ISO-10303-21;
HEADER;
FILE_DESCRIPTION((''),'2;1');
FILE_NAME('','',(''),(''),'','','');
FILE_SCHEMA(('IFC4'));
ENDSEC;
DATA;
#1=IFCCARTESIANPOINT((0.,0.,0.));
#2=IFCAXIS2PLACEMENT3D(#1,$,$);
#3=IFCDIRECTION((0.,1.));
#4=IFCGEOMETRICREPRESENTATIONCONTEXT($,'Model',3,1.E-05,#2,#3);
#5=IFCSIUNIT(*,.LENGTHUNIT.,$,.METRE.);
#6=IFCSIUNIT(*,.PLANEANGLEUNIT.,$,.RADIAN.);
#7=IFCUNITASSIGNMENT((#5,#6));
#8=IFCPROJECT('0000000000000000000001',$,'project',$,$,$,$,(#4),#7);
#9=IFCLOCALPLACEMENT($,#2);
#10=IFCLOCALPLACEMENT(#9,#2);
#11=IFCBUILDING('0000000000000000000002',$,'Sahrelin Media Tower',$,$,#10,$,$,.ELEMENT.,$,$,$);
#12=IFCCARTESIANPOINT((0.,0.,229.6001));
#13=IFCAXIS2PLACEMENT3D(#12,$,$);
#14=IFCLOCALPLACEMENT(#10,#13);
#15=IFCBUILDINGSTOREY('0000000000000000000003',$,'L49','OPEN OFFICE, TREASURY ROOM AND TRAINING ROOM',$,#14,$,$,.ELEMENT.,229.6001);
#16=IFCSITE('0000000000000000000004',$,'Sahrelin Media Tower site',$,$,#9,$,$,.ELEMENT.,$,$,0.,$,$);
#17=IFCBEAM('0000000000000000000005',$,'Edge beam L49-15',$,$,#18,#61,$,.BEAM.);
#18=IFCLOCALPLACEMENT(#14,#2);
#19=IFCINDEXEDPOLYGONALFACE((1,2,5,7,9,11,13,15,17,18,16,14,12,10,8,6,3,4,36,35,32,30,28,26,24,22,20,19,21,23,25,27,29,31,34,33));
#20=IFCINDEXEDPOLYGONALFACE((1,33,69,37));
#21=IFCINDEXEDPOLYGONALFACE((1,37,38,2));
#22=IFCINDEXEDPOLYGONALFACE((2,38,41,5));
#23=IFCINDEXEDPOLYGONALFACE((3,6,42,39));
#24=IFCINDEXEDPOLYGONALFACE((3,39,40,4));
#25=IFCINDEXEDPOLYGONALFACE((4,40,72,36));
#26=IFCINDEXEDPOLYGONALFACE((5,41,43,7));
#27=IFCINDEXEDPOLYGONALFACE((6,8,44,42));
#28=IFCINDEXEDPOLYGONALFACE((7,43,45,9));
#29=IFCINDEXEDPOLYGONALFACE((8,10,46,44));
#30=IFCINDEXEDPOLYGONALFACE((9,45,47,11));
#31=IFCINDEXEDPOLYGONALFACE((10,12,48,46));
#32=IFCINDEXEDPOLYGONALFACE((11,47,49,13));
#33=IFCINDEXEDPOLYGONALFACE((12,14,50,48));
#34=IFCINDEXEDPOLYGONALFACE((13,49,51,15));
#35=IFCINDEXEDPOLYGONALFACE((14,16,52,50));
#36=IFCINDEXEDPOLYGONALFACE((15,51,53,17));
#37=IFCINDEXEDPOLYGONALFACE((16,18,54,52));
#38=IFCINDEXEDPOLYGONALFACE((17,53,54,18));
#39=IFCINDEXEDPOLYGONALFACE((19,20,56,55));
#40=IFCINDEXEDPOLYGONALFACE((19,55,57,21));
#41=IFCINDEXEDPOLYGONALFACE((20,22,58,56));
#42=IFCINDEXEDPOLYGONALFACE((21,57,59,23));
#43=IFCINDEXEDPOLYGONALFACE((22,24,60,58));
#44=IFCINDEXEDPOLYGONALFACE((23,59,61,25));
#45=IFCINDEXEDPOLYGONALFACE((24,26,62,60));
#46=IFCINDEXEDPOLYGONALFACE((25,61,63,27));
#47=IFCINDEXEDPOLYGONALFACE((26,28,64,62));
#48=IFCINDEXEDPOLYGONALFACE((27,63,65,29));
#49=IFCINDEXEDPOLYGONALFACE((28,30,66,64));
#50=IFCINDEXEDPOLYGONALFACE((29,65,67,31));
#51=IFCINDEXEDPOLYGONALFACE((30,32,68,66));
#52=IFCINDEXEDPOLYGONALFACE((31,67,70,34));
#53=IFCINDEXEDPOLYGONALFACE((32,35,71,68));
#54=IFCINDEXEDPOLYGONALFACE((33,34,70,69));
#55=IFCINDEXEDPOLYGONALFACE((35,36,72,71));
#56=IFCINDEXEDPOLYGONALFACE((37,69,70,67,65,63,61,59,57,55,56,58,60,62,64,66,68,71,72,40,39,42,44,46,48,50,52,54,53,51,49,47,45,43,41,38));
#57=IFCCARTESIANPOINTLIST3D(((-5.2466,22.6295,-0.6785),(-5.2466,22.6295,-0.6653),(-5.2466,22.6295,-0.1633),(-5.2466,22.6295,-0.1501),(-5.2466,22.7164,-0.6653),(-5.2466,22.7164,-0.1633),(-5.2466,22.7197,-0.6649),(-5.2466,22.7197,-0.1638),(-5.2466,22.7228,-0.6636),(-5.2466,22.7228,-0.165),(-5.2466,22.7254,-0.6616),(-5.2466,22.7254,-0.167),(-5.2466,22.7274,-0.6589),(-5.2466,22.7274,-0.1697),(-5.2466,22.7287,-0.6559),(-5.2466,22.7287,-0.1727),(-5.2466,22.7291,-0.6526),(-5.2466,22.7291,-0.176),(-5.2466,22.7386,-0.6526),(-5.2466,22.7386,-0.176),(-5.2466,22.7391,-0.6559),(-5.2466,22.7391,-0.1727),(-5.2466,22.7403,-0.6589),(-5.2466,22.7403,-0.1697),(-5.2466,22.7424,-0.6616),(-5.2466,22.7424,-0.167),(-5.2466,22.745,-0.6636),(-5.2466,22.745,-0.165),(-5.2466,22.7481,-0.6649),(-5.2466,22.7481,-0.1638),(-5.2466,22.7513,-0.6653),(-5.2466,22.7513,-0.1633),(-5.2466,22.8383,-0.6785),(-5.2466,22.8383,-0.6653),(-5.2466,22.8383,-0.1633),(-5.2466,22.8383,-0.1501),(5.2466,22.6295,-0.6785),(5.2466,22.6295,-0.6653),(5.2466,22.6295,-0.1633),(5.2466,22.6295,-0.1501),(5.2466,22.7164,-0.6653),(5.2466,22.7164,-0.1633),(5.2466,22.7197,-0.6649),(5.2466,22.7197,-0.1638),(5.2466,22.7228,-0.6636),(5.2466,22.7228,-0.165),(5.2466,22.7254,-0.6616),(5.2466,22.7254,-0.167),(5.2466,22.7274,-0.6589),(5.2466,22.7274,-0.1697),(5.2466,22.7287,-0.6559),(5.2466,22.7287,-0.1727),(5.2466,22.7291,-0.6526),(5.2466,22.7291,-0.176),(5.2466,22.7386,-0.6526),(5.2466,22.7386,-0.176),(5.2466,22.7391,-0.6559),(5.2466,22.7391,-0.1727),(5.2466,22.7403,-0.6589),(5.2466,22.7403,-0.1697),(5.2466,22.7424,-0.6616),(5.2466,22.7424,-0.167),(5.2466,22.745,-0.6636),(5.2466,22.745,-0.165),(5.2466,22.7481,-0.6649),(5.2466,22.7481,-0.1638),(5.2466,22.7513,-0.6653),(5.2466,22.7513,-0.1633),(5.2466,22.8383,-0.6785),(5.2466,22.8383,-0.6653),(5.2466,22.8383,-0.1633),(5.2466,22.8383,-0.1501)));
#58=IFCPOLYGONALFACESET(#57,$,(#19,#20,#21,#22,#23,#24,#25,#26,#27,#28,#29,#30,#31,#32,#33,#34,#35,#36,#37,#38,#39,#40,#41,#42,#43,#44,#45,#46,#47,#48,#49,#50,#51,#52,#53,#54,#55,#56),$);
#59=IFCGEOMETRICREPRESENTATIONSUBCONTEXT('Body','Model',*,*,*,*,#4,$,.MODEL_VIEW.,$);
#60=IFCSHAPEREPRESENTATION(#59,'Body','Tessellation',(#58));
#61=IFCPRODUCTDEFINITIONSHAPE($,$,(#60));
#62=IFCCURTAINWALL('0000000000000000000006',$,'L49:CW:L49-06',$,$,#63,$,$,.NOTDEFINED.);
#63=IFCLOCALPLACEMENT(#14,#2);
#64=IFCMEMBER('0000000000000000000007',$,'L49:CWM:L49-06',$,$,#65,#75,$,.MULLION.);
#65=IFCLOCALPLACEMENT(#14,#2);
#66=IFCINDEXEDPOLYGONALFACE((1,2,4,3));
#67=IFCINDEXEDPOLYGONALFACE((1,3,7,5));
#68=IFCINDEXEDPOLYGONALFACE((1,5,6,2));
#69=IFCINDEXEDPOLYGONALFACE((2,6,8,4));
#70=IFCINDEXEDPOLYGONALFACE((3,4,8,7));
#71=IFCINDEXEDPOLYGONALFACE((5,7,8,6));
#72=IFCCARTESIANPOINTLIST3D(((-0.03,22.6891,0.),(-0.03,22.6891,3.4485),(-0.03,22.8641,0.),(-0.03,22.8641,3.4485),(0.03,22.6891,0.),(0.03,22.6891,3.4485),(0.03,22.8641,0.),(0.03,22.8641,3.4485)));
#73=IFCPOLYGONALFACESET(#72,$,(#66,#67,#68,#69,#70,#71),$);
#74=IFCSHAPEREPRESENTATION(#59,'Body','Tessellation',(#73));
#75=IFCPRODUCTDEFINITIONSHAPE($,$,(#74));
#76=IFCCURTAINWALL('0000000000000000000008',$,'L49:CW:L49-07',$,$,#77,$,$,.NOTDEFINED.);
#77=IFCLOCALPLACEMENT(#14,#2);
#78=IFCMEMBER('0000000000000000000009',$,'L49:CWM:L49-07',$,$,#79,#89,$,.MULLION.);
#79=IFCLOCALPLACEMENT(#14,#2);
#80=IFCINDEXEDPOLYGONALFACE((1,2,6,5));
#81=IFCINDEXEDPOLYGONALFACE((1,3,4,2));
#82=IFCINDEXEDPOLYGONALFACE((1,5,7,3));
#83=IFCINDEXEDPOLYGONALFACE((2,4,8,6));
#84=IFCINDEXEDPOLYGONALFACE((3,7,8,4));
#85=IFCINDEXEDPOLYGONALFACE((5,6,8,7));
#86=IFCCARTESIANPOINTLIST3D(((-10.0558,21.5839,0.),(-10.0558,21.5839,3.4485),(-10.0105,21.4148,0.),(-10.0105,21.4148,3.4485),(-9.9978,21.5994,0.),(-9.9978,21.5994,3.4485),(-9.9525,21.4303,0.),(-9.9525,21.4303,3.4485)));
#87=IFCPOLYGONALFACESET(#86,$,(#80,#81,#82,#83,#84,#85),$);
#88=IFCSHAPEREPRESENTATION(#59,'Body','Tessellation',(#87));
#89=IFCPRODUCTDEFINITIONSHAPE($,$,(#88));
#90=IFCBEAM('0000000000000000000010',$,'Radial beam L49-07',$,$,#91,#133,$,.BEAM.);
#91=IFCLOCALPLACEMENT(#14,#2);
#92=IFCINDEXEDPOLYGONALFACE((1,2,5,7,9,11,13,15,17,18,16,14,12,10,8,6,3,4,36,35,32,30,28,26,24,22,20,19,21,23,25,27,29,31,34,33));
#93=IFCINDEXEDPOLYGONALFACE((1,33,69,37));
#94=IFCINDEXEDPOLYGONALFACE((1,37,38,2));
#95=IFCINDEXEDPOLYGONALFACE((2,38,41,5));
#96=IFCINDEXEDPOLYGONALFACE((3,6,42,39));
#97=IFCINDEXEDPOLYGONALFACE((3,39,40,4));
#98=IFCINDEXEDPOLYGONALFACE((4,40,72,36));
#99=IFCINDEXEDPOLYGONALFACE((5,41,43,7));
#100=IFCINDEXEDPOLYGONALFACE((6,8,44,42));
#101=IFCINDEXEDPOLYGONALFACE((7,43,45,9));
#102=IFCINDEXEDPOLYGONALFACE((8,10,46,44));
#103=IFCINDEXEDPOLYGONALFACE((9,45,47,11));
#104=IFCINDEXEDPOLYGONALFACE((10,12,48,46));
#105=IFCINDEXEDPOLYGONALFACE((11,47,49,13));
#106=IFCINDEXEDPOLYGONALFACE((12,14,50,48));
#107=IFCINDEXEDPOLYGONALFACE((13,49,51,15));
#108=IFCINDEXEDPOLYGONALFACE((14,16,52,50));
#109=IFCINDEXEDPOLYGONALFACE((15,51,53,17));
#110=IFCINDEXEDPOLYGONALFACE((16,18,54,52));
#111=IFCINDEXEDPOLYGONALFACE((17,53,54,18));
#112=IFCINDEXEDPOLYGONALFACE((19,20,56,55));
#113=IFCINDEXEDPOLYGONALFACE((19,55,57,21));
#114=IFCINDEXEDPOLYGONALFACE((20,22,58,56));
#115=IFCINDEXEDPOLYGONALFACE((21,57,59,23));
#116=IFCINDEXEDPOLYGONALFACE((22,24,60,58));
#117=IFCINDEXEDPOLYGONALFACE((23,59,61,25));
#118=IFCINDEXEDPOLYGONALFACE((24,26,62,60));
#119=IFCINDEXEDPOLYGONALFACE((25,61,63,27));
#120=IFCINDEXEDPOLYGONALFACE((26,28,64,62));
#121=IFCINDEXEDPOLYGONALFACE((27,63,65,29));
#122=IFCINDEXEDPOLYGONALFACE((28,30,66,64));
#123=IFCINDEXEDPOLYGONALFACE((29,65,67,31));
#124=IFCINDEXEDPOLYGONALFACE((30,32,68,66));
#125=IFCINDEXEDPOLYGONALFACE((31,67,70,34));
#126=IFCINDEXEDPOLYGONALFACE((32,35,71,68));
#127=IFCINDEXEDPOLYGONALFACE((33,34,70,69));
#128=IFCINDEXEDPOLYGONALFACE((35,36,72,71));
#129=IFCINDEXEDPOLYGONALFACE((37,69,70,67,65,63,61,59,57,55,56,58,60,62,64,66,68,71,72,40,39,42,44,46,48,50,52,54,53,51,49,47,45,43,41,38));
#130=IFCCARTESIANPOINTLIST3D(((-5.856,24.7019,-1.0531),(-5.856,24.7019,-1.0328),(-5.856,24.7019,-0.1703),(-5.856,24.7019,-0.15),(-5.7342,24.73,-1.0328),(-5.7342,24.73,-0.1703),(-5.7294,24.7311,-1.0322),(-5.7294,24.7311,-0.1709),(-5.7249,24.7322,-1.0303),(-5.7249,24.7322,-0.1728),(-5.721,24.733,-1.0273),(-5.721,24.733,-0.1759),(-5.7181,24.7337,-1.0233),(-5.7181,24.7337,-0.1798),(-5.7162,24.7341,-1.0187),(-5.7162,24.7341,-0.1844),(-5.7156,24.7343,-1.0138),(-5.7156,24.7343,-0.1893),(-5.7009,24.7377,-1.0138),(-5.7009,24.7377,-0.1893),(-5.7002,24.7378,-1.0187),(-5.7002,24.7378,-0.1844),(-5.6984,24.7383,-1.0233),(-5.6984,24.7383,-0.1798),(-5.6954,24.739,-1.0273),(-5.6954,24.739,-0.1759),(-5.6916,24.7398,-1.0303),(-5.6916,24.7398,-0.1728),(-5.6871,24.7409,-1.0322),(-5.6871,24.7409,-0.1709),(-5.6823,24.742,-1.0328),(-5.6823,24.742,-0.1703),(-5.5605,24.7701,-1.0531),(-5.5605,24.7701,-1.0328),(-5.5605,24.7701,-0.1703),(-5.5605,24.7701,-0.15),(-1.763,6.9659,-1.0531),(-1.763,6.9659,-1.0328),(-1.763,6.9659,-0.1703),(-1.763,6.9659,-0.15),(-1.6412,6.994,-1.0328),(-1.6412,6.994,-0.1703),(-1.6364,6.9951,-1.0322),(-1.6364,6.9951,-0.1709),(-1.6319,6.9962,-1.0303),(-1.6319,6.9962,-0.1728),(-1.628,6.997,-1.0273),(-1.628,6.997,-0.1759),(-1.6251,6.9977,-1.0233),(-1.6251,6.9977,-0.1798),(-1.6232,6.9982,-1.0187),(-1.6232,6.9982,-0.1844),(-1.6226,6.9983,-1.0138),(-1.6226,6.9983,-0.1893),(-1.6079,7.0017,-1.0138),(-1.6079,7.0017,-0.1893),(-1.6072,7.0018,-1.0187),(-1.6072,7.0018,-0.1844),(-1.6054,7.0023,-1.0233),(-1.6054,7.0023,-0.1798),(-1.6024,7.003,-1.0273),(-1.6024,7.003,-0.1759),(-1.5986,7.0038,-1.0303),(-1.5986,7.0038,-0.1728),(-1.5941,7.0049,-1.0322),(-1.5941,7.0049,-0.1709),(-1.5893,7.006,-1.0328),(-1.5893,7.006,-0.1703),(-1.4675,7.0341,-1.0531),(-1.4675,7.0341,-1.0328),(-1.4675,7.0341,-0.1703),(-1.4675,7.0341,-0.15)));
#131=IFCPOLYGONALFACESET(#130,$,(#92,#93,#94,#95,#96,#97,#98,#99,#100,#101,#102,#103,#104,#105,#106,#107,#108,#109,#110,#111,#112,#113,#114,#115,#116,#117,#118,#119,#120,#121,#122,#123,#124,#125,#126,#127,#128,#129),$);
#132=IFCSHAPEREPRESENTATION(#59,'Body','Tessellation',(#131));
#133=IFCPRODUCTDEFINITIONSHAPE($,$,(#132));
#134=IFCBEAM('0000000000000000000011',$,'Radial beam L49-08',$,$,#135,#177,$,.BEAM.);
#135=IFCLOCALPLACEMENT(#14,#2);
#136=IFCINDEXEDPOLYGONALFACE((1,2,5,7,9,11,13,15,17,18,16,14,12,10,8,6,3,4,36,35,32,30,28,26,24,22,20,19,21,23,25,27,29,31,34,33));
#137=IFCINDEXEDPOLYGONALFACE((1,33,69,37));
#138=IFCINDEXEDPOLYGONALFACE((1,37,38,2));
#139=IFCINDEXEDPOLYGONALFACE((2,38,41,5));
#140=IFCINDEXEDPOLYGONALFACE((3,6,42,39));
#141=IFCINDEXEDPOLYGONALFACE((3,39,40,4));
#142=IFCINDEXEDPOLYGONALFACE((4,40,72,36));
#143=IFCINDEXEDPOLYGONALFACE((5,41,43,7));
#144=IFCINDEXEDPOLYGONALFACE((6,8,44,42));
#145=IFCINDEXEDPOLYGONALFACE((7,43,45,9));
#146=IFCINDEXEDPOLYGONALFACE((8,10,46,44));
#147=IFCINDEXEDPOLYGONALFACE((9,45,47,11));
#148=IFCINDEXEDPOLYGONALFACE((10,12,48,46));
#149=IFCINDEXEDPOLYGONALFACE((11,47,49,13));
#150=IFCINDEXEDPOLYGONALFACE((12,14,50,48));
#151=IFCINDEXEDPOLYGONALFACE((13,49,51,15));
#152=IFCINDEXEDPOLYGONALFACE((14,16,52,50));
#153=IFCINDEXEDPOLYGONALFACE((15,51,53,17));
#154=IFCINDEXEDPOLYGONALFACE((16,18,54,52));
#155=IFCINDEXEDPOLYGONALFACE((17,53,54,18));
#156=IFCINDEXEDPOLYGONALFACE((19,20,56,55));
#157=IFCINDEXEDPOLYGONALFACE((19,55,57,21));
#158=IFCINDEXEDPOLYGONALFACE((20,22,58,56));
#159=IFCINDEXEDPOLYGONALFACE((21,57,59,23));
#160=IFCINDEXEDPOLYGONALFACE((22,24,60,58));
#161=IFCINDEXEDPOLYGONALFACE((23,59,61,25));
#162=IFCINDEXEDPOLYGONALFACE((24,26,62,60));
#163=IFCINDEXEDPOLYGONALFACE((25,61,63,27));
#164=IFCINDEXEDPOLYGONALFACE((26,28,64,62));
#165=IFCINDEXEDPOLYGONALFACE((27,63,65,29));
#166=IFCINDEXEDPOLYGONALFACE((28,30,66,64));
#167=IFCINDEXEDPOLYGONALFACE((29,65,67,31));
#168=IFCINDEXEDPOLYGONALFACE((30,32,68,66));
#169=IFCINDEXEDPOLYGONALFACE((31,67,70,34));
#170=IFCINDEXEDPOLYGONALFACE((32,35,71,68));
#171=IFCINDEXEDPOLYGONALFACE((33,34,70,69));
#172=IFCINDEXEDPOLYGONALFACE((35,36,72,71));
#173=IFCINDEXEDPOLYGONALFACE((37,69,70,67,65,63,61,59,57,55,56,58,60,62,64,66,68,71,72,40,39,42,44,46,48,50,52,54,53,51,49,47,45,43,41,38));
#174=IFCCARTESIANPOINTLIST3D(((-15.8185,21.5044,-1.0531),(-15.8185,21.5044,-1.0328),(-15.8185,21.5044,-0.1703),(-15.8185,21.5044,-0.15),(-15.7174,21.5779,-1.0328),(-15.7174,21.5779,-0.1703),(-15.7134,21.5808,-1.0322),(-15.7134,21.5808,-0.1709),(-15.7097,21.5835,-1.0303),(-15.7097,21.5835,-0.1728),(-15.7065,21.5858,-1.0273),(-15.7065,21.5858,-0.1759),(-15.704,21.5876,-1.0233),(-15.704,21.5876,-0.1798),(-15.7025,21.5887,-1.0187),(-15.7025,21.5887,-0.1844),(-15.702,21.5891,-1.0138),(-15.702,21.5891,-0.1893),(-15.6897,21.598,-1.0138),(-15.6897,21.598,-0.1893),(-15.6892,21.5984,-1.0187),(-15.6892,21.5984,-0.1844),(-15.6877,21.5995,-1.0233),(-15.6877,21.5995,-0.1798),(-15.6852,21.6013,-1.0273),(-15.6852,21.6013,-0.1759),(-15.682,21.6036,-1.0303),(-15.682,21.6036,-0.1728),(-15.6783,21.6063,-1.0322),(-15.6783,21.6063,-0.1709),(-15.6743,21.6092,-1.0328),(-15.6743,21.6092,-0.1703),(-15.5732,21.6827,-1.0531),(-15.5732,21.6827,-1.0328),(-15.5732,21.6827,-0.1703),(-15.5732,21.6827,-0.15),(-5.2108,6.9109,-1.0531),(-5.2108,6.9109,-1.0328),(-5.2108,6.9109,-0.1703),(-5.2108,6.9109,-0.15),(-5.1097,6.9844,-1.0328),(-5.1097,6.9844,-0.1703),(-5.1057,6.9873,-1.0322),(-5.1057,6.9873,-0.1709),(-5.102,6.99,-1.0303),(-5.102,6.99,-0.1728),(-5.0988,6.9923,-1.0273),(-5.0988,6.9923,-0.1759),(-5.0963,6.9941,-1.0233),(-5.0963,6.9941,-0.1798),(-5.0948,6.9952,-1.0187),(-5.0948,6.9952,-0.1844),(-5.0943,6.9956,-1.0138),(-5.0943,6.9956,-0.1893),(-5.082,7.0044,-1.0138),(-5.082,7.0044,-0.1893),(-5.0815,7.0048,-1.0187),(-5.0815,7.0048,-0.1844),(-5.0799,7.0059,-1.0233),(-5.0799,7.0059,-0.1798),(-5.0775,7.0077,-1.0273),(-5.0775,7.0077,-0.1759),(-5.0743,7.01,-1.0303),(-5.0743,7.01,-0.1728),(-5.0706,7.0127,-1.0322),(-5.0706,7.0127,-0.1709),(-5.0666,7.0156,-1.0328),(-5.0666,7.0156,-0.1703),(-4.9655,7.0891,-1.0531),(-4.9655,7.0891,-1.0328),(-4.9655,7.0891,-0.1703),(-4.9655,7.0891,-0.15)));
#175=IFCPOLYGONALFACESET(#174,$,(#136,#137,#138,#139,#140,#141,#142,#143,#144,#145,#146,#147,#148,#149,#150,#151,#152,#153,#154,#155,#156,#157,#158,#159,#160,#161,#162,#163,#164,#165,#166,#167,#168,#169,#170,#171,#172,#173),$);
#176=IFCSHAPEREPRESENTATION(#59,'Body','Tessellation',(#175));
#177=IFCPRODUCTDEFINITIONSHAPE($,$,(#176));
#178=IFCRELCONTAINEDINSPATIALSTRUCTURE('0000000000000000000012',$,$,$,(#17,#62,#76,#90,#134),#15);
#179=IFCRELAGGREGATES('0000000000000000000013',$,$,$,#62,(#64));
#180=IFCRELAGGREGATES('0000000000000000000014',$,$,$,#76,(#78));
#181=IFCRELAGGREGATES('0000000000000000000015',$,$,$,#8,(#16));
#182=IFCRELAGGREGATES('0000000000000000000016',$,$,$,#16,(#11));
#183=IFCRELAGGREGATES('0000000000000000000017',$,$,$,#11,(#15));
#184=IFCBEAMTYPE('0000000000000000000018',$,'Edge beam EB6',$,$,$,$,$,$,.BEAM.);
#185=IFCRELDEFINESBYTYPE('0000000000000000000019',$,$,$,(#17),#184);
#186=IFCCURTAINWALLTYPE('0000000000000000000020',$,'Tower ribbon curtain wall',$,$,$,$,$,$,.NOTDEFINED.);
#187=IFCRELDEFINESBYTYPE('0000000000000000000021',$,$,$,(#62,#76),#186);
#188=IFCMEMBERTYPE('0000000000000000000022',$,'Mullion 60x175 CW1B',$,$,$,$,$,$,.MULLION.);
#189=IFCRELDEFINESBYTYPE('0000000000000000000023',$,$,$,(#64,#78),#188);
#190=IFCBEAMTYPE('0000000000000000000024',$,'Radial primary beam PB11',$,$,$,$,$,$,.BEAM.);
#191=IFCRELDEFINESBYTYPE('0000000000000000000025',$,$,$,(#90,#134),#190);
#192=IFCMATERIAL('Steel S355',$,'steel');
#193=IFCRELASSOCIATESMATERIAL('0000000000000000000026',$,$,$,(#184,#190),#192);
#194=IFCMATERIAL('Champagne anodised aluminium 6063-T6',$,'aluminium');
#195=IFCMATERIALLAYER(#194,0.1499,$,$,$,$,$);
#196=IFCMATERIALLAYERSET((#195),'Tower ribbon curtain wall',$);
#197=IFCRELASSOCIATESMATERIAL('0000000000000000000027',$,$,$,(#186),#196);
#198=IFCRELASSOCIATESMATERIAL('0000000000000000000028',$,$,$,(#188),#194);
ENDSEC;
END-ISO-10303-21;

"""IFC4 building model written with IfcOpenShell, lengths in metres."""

from ifc_helpers import new_model, si_unit, direction, frame, origin, origin_2d, place, context, subcontext, project, spatial, rectangle, i_section, extrude, material, layer, layer_set, material_profile, profile_set, type_object, element, aggregate, save


model = new_model("IFC4")

# Units and contexts
model_context = context("Model", 3, precision=1e-05, world=origin(), true_north=direction((0.0, 1.0)))
body_context = subcontext(model_context, "Body", "Model", "MODEL_VIEW")
ifc_project = project(units=[si_unit("LENGTHUNIT", "METRE"), si_unit("PLANEANGLEUNIT", "RADIAN")], contexts=[model_context])

# Site, building, storey
site_placement = place(None, origin())
site = spatial("IfcSite", under=ifc_project, at=site_placement, Name="Sahrelin Media Tower site", CompositionType="ELEMENT", RefElevation=0.0)
building_placement = place(site_placement, origin())
building = spatial("IfcBuilding", under=site, at=building_placement, Name="Sahrelin Media Tower", CompositionType="ELEMENT")
storey_placement = place(building_placement, frame((0.0, 0.0, 229.6001)))
storey = spatial("IfcBuildingStorey", under=building, at=storey_placement, Name="L49", Description="OPEN OFFICE, TREASURY ROOM AND TRAINING ROOM", CompositionType="ELEMENT", Elevation=229.6001)

# Beam
ifc_material_1 = material(Name="Steel S355", Category="steel")
ifc_material_profile_1 = material_profile(ifc_material_1, i_section(OverallWidth=0.2087, OverallDepth=0.5283, WebThickness=0.0095, FlangeThickness=0.0132, FilletRadius=0.0127, at=origin_2d()), Name="UB 533x210x82")
ifc_profile_set_1 = profile_set([ifc_material_profile_1], Name="Steel S355")
beam_type_1 = type_object("IfcBeamType", Name="Edge beam EB6", PredefinedType="BEAM", material=ifc_profile_set_1)
beam_1_placement = place(storey_placement, frame((-5.2466, 22.7339, -0.4143), z_axis=(1.0, 0.0, 0.0), x_axis=(0.0, 1.0, 0.0)))
element("IfcBeam", 1, at=beam_1_placement, inside=storey, type_object=beam_type_1, Name="Edge beam L49-15", PredefinedType="BEAM", context=body_context, shape_type="SweptSolid", body=[
    extrude(i_section(OverallWidth=0.2087, OverallDepth=0.5283, WebThickness=0.0095, FlangeThickness=0.0132, FilletRadius=0.0127, at=origin_2d()), origin(), (0.0, 0.0, 1.0), 10.4932),
])

# Curtain walls, members
ifc_material_2 = material(Name="Champagne anodised aluminium 6063-T6", Category="aluminium")
ifc_layer_1 = layer(ifc_material_2, 0.1499)
ifc_layer_set_1 = layer_set([ifc_layer_1], Name="Tower ribbon curtain wall")
curtain_wall_type = type_object("IfcCurtainWallType", Name="Tower ribbon curtain wall", PredefinedType="NOTDEFINED", material=ifc_layer_set_1)
placement_1 = place(storey_placement, frame((0.0, 22.884, 0.0), z_axis=(0.0, 0.0, 1.0), x_axis=(1.0, 0.0, 0.0)))
curtain_wall_1 = element("IfcCurtainWall", 2, at=placement_1, inside=storey, type_object=curtain_wall_type, Name="L49:CW:L49-06", PredefinedType="NOTDEFINED")
ifc_material_profile_2 = material_profile(ifc_material_2, rectangle(XDim=0.0601, YDim=0.175, at=origin_2d()), Name="Mullion 60x175")
ifc_profile_set_2 = profile_set([ifc_material_profile_2], Name="Champagne anodised aluminium 6063-T6")
member_type_1 = type_object("IfcMemberType", Name="Mullion 60x175 CW1B", PredefinedType="MULLION", material=ifc_profile_set_2)
member_1_placement = place(storey_placement, frame((0.0, 22.7766, 0.0), z_axis=(0.0, 0.0, 1.0), x_axis=(-1.0, 0.0, 0.0)))
member_1 = element("IfcMember", 3, at=member_1_placement, type_object=member_type_1, Name="L49:CWM:L49-06", PredefinedType="MULLION", context=body_context, shape_type="SweptSolid", body=[
    extrude(rectangle(XDim=0.0601, YDim=0.175, at=origin_2d()), origin(), (0.0, 0.0, 1.0), 3.4485),
])
aggregate(curtain_wall_1, [member_1])
curtain_wall_2_placement = place(storey_placement, frame((-10.032, 21.6111, 0.0), z_axis=(0.0, 0.0, 1.0), x_axis=(1.0, 0.0, 0.0)))
curtain_wall_2 = element("IfcCurtainWall", 4, at=curtain_wall_2_placement, inside=storey, type_object=curtain_wall_type, Name="L49:CW:L49-07", PredefinedType="NOTDEFINED")
member_2_placement = place(storey_placement, frame((-10.0042, 21.5071, 0.0), z_axis=(0.0, 0.0, 1.0), x_axis=(-0.965926, -0.258819, 0.0)))
member_2 = element("IfcMember", 5, at=member_2_placement, type_object=member_type_1, Name="L49:CWM:L49-07", PredefinedType="MULLION", context=body_context, shape_type="SweptSolid", body=[
    extrude(rectangle(XDim=0.0601, YDim=0.175, at=origin_2d()), origin(), (0.0, 0.0, 1.0), 3.4485),
])

# Beams
ifc_material_profile_3 = material_profile(ifc_material_1, i_section(OverallWidth=0.3032, OverallDepth=0.9031, WebThickness=0.0151, FlangeThickness=0.0203, FilletRadius=0.019, at=origin_2d()), Name="UB 914x305x201")
ifc_profile_set_3 = profile_set([ifc_material_profile_3], Name="Steel S355")
beam_type_2 = type_object("IfcBeamType", Name="Radial primary beam PB11", PredefinedType="BEAM", material=ifc_profile_set_3)
beam_2_placement = place(storey_placement, frame((-1.6152, 7.0, -0.6016), z_axis=(-0.224863, 0.97439, 0.0), x_axis=(-0.97439, -0.224863, 0.0)))
element("IfcBeam", 6, at=beam_2_placement, inside=storey, type_object=beam_type_2, Name="Radial beam L49-07", PredefinedType="BEAM", context=body_context, shape_type="SweptSolid", body=[
    extrude(i_section(OverallWidth=0.3032, OverallDepth=0.9031, WebThickness=0.0151, FlangeThickness=0.0203, FilletRadius=0.019, at=origin_2d()), origin(), (0.0, 0.0, 1.0), 18.2021),
])
beam_3_placement = place(storey_placement, frame((-5.0881, 7.0, -0.6016), z_axis=(-0.587962, 0.808889, 0.0), x_axis=(-0.808889, -0.587962, 0.0)))
element("IfcBeam", 7, at=beam_3_placement, inside=storey, type_object=beam_type_2, Name="Radial beam L49-08", PredefinedType="BEAM", context=body_context, shape_type="SweptSolid", body=[
    extrude(i_section(OverallWidth=0.3032, OverallDepth=0.9031, WebThickness=0.0151, FlangeThickness=0.0203, FilletRadius=0.019, at=origin_2d()), origin(), (0.0, 0.0, 1.0), 18.0415),
])

aggregate(curtain_wall_2, [member_2])

save(model, "model.ifc")
